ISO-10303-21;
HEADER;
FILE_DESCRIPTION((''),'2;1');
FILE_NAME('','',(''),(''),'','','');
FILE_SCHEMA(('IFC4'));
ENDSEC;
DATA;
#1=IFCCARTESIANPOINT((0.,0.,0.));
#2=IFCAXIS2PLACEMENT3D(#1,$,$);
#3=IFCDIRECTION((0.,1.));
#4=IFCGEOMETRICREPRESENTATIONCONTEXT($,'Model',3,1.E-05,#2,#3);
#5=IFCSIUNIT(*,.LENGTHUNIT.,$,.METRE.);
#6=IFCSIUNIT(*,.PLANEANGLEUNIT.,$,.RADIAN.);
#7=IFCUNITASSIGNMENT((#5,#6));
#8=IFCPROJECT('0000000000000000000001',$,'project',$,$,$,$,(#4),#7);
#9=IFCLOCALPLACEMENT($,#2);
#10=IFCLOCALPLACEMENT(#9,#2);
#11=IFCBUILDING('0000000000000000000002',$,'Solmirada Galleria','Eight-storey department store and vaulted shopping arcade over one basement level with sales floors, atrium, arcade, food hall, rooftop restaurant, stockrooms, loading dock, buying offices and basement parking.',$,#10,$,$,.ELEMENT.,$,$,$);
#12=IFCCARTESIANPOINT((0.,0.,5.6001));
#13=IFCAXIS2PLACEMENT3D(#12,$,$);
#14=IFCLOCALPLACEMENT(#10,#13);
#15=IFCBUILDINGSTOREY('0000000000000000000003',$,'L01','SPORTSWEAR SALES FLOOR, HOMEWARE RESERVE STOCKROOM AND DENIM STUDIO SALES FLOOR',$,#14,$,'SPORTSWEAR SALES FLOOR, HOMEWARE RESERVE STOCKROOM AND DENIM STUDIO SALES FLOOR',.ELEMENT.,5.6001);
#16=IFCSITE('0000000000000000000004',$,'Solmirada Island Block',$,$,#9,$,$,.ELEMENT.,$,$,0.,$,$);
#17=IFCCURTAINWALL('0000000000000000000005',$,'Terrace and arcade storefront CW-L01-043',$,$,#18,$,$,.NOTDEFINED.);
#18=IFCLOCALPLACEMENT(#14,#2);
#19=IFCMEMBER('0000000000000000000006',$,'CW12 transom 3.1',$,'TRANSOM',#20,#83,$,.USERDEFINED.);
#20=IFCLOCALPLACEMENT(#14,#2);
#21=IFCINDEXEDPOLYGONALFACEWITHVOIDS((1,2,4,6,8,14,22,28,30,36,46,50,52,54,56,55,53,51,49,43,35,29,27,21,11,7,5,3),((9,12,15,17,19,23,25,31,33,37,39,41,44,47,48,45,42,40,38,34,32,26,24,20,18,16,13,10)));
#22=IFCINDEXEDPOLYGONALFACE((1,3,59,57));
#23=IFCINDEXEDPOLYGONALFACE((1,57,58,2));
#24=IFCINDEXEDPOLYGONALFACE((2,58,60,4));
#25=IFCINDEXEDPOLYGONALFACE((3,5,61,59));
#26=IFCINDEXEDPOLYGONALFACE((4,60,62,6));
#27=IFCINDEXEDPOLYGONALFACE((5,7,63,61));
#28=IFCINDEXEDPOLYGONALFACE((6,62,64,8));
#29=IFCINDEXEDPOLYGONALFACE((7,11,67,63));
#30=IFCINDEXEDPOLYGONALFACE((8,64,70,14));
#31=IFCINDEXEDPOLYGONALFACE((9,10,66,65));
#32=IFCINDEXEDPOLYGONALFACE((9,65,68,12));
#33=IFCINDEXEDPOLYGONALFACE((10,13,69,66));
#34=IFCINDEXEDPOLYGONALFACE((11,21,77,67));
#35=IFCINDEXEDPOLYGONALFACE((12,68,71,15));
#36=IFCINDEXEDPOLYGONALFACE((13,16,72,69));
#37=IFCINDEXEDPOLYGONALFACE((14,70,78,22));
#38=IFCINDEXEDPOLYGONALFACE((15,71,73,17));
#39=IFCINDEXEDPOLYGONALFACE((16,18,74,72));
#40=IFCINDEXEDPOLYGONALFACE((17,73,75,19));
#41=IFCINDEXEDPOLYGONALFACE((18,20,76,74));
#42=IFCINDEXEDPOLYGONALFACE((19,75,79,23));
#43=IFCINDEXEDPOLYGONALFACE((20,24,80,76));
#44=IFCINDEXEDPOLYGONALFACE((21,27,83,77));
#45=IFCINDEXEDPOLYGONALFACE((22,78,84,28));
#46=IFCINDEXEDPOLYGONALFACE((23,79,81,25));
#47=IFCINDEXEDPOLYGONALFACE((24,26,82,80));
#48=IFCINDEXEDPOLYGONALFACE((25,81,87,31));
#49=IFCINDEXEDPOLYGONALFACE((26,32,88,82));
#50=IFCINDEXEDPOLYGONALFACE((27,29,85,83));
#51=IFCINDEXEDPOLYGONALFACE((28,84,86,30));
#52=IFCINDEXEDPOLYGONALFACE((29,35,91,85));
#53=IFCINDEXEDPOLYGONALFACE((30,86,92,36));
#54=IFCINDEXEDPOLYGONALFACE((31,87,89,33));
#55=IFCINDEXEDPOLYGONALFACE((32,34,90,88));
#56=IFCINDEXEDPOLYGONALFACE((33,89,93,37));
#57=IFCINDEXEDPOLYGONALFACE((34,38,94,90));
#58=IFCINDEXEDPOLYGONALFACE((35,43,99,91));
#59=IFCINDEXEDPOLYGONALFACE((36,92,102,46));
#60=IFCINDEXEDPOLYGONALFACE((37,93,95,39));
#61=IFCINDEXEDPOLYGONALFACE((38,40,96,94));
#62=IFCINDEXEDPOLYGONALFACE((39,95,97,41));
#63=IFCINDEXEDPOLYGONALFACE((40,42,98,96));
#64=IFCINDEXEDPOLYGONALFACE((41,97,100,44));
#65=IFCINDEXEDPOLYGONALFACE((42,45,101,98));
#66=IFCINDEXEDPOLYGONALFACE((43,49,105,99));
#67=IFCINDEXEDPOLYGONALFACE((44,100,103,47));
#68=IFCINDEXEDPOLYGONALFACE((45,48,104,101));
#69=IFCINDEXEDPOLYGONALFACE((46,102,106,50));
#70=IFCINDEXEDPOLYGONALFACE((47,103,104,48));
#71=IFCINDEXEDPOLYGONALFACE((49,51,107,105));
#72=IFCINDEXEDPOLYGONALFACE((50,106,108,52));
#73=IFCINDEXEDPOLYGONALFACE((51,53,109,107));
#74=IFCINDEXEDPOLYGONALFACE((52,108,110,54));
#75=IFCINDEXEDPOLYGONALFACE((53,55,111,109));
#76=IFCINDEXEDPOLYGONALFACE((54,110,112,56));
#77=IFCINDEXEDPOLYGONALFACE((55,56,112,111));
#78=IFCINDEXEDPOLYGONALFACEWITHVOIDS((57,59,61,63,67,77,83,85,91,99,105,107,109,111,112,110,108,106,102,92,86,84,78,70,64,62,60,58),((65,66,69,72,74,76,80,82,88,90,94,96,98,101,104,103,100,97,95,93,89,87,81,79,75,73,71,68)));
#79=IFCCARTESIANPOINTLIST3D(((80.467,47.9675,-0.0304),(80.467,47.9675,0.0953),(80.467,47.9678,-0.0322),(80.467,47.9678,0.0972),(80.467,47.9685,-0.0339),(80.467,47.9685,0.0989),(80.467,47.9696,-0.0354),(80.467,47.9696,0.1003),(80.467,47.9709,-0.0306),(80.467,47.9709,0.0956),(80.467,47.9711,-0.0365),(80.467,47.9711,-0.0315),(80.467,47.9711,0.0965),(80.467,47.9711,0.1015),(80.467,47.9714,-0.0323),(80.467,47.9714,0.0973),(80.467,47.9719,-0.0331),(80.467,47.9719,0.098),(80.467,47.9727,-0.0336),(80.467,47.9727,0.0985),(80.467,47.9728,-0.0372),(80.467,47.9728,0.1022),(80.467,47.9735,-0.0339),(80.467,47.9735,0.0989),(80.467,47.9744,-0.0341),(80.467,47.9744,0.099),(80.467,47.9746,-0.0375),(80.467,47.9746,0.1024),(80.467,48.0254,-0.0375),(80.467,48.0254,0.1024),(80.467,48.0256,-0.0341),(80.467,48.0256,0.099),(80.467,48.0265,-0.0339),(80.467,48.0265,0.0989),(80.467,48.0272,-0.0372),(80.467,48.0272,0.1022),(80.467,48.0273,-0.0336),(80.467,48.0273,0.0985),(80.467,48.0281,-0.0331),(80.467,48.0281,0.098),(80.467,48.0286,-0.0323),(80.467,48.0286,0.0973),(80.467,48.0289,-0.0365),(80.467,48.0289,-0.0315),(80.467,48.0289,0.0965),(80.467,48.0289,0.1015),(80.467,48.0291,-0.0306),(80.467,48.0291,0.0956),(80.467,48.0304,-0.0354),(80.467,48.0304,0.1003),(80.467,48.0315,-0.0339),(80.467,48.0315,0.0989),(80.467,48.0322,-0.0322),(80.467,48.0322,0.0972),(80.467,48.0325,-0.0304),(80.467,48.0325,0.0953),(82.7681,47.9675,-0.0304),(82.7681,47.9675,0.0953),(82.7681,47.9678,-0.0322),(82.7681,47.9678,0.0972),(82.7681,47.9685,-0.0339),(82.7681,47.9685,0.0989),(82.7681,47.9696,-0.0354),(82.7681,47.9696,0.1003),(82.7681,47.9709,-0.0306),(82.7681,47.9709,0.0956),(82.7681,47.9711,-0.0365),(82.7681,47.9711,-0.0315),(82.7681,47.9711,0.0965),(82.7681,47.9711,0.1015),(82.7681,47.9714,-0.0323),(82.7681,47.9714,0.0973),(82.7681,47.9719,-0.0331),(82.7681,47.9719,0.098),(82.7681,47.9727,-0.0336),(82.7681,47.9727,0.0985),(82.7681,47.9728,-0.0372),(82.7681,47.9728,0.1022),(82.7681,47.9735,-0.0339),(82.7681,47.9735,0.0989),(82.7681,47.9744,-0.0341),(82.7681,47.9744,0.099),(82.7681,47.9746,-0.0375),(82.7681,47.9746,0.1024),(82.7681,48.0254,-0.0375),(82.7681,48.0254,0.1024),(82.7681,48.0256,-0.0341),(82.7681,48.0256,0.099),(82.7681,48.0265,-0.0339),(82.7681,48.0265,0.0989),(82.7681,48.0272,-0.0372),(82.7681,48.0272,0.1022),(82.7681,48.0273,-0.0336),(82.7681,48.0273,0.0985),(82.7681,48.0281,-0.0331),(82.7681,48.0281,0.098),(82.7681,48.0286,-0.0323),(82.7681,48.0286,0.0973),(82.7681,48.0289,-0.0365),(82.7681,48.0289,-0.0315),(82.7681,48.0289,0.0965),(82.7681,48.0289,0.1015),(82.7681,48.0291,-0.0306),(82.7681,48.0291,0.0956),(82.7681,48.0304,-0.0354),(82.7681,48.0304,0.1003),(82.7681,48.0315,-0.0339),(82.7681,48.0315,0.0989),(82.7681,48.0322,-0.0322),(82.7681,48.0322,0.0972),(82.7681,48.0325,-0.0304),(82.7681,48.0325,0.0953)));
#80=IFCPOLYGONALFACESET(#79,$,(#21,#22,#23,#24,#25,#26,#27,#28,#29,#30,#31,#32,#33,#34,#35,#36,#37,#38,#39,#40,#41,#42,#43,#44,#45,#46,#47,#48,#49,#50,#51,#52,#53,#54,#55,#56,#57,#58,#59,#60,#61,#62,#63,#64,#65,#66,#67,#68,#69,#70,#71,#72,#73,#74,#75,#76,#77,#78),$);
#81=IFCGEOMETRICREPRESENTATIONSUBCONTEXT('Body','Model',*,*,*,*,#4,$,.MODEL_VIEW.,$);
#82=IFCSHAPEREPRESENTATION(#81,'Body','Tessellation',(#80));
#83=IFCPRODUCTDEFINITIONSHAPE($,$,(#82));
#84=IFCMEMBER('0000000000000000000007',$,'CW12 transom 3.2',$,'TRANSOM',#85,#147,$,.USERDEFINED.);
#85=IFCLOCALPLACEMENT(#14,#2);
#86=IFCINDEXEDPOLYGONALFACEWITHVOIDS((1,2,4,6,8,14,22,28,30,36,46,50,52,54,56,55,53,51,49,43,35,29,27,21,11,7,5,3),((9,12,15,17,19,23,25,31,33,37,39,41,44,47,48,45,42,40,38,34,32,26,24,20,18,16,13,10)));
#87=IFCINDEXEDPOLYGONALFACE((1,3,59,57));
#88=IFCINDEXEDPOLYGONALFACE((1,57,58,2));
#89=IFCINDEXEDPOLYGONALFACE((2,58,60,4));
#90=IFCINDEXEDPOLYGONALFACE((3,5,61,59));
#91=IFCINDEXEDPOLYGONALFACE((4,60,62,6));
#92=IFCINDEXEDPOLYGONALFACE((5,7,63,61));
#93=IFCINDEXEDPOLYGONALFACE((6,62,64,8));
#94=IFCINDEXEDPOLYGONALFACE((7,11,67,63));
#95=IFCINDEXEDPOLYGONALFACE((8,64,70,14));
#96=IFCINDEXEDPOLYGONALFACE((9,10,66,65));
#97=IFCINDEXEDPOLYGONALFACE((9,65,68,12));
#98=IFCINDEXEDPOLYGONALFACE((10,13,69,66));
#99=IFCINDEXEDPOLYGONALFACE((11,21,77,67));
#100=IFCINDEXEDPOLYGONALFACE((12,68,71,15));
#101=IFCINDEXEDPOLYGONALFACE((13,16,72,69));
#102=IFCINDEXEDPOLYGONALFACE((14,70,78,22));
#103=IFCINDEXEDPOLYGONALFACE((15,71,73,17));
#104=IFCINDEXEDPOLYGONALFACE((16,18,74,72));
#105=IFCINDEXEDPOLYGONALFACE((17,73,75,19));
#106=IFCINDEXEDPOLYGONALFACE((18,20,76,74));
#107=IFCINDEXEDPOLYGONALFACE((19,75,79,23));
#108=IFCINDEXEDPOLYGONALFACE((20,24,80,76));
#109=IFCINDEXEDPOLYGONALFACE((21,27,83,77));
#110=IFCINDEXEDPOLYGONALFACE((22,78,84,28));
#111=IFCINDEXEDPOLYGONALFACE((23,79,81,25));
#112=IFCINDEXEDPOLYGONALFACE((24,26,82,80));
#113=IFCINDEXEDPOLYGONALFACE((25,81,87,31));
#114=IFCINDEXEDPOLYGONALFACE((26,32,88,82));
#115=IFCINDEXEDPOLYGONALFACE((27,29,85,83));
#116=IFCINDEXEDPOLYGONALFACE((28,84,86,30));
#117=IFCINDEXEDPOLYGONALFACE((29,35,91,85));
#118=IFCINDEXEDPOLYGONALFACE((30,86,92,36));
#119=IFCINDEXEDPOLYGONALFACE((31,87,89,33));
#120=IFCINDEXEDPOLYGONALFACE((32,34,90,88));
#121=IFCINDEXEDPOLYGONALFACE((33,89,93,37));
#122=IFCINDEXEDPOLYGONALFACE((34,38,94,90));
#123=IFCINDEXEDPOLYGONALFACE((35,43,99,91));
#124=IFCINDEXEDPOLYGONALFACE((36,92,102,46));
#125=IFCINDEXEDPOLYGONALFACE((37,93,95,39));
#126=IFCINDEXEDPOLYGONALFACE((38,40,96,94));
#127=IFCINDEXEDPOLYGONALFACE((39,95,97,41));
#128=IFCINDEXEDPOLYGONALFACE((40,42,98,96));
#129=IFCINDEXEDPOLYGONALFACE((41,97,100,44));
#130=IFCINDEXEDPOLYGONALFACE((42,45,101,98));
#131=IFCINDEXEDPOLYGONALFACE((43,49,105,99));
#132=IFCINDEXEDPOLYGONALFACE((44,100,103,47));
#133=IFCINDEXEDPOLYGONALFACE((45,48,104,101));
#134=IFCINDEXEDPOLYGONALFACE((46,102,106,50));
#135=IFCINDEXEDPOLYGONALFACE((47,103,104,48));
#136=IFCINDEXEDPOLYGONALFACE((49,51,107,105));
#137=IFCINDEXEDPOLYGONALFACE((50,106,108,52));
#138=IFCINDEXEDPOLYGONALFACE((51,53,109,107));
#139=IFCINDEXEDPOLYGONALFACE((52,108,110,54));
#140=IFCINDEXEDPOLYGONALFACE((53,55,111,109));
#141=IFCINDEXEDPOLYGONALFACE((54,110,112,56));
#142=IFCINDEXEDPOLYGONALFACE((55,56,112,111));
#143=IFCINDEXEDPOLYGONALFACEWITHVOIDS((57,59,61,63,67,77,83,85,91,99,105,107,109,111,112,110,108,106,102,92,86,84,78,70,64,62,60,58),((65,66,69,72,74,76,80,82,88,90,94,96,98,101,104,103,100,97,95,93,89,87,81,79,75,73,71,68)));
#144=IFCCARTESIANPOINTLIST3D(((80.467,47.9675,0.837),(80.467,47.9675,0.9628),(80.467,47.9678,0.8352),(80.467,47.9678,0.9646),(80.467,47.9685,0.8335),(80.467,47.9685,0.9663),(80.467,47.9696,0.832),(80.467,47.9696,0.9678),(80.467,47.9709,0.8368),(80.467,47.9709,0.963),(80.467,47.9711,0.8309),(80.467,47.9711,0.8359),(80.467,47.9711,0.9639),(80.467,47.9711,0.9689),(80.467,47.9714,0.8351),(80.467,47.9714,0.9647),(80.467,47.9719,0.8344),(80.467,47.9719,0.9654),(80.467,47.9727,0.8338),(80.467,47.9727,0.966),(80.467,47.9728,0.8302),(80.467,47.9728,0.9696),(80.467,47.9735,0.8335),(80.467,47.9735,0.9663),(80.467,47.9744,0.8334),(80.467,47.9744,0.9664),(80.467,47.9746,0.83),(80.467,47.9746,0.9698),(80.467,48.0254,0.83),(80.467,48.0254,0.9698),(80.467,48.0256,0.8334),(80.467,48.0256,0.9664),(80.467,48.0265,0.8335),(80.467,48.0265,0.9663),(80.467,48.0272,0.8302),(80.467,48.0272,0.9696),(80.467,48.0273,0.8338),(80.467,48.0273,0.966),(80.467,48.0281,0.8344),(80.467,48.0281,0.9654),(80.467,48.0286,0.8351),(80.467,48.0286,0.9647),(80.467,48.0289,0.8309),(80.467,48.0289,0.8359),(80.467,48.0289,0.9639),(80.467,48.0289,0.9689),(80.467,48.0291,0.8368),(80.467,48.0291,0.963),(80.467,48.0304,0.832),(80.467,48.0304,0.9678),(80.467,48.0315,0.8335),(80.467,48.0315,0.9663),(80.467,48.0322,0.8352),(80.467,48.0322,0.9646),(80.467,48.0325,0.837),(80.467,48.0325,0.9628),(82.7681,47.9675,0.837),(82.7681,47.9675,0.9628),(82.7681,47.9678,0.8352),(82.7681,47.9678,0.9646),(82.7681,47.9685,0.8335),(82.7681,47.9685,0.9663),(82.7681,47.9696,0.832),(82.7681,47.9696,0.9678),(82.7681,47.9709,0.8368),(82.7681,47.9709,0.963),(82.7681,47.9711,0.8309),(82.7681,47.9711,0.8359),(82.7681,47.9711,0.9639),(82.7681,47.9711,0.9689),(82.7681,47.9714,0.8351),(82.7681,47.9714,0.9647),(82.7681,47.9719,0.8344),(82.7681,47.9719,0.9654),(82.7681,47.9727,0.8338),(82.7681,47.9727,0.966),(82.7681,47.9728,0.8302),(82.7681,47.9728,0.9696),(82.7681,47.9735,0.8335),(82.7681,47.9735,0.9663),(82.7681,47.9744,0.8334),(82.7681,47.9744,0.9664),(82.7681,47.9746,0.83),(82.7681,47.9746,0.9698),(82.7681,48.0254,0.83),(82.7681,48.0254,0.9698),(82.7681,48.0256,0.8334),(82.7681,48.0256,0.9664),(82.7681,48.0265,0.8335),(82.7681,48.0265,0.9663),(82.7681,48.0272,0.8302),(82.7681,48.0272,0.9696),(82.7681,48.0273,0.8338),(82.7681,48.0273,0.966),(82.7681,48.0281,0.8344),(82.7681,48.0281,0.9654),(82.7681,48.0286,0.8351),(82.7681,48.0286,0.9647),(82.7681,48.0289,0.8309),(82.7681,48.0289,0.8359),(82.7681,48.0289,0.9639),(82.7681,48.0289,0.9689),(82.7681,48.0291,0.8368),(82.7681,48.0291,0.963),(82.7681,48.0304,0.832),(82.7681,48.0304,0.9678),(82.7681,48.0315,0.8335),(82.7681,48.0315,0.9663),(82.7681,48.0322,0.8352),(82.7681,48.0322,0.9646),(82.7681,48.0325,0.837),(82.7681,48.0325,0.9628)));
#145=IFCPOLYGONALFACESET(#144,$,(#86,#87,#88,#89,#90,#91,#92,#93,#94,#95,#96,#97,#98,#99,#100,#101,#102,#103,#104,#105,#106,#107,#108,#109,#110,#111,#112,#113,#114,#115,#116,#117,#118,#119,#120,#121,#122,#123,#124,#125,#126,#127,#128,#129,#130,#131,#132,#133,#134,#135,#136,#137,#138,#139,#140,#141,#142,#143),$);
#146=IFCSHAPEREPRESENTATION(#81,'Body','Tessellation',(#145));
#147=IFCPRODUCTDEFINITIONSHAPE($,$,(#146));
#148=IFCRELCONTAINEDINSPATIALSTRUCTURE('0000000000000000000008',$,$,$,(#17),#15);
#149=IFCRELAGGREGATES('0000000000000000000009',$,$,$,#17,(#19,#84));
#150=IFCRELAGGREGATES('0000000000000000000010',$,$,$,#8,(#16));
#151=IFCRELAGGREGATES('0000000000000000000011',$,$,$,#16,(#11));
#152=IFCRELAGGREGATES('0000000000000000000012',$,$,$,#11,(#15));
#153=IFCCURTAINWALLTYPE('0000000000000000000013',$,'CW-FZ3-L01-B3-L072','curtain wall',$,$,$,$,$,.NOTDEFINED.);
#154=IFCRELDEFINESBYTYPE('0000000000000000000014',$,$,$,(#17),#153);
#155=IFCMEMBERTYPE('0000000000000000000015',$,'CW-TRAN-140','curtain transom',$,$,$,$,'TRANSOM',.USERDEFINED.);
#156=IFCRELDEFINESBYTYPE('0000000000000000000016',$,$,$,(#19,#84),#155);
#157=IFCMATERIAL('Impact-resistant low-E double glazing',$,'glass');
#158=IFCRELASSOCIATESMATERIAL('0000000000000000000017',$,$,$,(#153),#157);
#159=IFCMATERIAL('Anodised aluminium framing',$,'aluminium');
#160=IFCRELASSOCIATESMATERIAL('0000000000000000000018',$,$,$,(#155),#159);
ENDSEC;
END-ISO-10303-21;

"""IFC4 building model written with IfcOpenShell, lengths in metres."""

from ifc_helpers import new_model, si_unit, direction, frame, origin, origin_2d, place, context, subcontext, project, spatial, hollow_rectangle, extrude, material, material_profile, profile_set, type_object, element, aggregate, save


model = new_model("IFC4")

# Units and contexts
model_context = context("Model", 3, precision=1e-05, world=origin(), true_north=direction((0.0, 1.0)))
body_context = subcontext(model_context, "Body", "Model", "MODEL_VIEW")
ifc_project = project(units=[si_unit("LENGTHUNIT", "METRE"), si_unit("PLANEANGLEUNIT", "RADIAN")], contexts=[model_context])

# Site, building, storey
site_placement = place(None, origin())
site = spatial("IfcSite", under=ifc_project, at=site_placement, Name="Solmirada Island Block", CompositionType="ELEMENT", RefElevation=0.0)
building_placement = place(site_placement, origin())
building = spatial("IfcBuilding", under=site, at=building_placement, Name="Solmirada Galleria", Description="Eight-storey department store and vaulted shopping arcade over one basement level with sales floors, atrium, arcade, food hall, rooftop restaurant, stockrooms, loading dock, buying offices and basement parking.", CompositionType="ELEMENT")
storey_placement = place(building_placement, frame((0.0, 0.0, 5.6001)))
storey = spatial("IfcBuildingStorey", under=building, at=storey_placement, Name="L01", Description="SPORTSWEAR SALES FLOOR, HOMEWARE RESERVE STOCKROOM AND DENIM STUDIO SALES FLOOR", LongName="SPORTSWEAR SALES FLOOR, HOMEWARE RESERVE STOCKROOM AND DENIM STUDIO SALES FLOOR", CompositionType="ELEMENT", Elevation=5.6001)

# Curtain wall
ifc_material_1 = material(Name="Impact-resistant low-E double glazing", Category="glass")
curtain_wall_type = type_object("IfcCurtainWallType", Name="CW-FZ3-L01-B3-L072", Description="curtain wall", PredefinedType="NOTDEFINED", material=ifc_material_1)
curtain_wall_1_placement = place(storey_placement, origin())
curtain_wall_1 = element("IfcCurtainWall", 1, at=curtain_wall_1_placement, inside=storey, type_object=curtain_wall_type, Name="Terrace and arcade storefront CW-L01-043", PredefinedType="NOTDEFINED")
ifc_material_2 = material(Name="Anodised aluminium framing", Category="aluminium")

# Members
ifc_material_profile_1 = material_profile(ifc_material_2, hollow_rectangle(XDim=0.0649, YDim=0.1399, WallThickness=0.0034, InnerFilletRadius=0.0034, OuterFilletRadius=0.0071, at=origin_2d()), Name="ALU-TRAN-140X65")
ifc_profile_set_1 = profile_set([ifc_material_profile_1], Name="Anodised aluminium framing")
member_type_1 = type_object("IfcMemberType", Name="CW-TRAN-140", Description="curtain transom", ElementType="TRANSOM", PredefinedType="USERDEFINED", material=ifc_profile_set_1)
member_1_placement = place(storey_placement, frame((82.7681, 48.0, 0.0325), z_axis=(-1.0, 0.0, 0.0), x_axis=(0.0, -1.0, 0.0)))
member_1 = element("IfcMember", 2, at=member_1_placement, type_object=member_type_1, Name="CW12 transom 3.1", ObjectType="TRANSOM", PredefinedType="USERDEFINED", context=body_context, shape_type="SweptSolid", body=[
    extrude(hollow_rectangle(XDim=0.0649, YDim=0.1399, WallThickness=0.0034, InnerFilletRadius=0.0034, OuterFilletRadius=0.0071, at=origin_2d()), origin(), (0.0, 0.0, 1.0), 2.301),
])
member_2_placement = place(storey_placement, frame((82.7681, 48.0, 0.8999), z_axis=(-1.0, 0.0, 0.0), x_axis=(0.0, -1.0, 0.0)))
member_2 = element("IfcMember", 3, at=member_2_placement, type_object=member_type_1, Name="CW12 transom 3.2", ObjectType="TRANSOM", PredefinedType="USERDEFINED", context=body_context, shape_type="SweptSolid", body=[
    extrude(hollow_rectangle(XDim=0.0649, YDim=0.1399, WallThickness=0.0034, InnerFilletRadius=0.0034, OuterFilletRadius=0.0071, at=origin_2d()), origin(), (0.0, 0.0, 1.0), 2.301),
])

aggregate(curtain_wall_1, [member_1, member_2])

save(model, "model.ifc")
